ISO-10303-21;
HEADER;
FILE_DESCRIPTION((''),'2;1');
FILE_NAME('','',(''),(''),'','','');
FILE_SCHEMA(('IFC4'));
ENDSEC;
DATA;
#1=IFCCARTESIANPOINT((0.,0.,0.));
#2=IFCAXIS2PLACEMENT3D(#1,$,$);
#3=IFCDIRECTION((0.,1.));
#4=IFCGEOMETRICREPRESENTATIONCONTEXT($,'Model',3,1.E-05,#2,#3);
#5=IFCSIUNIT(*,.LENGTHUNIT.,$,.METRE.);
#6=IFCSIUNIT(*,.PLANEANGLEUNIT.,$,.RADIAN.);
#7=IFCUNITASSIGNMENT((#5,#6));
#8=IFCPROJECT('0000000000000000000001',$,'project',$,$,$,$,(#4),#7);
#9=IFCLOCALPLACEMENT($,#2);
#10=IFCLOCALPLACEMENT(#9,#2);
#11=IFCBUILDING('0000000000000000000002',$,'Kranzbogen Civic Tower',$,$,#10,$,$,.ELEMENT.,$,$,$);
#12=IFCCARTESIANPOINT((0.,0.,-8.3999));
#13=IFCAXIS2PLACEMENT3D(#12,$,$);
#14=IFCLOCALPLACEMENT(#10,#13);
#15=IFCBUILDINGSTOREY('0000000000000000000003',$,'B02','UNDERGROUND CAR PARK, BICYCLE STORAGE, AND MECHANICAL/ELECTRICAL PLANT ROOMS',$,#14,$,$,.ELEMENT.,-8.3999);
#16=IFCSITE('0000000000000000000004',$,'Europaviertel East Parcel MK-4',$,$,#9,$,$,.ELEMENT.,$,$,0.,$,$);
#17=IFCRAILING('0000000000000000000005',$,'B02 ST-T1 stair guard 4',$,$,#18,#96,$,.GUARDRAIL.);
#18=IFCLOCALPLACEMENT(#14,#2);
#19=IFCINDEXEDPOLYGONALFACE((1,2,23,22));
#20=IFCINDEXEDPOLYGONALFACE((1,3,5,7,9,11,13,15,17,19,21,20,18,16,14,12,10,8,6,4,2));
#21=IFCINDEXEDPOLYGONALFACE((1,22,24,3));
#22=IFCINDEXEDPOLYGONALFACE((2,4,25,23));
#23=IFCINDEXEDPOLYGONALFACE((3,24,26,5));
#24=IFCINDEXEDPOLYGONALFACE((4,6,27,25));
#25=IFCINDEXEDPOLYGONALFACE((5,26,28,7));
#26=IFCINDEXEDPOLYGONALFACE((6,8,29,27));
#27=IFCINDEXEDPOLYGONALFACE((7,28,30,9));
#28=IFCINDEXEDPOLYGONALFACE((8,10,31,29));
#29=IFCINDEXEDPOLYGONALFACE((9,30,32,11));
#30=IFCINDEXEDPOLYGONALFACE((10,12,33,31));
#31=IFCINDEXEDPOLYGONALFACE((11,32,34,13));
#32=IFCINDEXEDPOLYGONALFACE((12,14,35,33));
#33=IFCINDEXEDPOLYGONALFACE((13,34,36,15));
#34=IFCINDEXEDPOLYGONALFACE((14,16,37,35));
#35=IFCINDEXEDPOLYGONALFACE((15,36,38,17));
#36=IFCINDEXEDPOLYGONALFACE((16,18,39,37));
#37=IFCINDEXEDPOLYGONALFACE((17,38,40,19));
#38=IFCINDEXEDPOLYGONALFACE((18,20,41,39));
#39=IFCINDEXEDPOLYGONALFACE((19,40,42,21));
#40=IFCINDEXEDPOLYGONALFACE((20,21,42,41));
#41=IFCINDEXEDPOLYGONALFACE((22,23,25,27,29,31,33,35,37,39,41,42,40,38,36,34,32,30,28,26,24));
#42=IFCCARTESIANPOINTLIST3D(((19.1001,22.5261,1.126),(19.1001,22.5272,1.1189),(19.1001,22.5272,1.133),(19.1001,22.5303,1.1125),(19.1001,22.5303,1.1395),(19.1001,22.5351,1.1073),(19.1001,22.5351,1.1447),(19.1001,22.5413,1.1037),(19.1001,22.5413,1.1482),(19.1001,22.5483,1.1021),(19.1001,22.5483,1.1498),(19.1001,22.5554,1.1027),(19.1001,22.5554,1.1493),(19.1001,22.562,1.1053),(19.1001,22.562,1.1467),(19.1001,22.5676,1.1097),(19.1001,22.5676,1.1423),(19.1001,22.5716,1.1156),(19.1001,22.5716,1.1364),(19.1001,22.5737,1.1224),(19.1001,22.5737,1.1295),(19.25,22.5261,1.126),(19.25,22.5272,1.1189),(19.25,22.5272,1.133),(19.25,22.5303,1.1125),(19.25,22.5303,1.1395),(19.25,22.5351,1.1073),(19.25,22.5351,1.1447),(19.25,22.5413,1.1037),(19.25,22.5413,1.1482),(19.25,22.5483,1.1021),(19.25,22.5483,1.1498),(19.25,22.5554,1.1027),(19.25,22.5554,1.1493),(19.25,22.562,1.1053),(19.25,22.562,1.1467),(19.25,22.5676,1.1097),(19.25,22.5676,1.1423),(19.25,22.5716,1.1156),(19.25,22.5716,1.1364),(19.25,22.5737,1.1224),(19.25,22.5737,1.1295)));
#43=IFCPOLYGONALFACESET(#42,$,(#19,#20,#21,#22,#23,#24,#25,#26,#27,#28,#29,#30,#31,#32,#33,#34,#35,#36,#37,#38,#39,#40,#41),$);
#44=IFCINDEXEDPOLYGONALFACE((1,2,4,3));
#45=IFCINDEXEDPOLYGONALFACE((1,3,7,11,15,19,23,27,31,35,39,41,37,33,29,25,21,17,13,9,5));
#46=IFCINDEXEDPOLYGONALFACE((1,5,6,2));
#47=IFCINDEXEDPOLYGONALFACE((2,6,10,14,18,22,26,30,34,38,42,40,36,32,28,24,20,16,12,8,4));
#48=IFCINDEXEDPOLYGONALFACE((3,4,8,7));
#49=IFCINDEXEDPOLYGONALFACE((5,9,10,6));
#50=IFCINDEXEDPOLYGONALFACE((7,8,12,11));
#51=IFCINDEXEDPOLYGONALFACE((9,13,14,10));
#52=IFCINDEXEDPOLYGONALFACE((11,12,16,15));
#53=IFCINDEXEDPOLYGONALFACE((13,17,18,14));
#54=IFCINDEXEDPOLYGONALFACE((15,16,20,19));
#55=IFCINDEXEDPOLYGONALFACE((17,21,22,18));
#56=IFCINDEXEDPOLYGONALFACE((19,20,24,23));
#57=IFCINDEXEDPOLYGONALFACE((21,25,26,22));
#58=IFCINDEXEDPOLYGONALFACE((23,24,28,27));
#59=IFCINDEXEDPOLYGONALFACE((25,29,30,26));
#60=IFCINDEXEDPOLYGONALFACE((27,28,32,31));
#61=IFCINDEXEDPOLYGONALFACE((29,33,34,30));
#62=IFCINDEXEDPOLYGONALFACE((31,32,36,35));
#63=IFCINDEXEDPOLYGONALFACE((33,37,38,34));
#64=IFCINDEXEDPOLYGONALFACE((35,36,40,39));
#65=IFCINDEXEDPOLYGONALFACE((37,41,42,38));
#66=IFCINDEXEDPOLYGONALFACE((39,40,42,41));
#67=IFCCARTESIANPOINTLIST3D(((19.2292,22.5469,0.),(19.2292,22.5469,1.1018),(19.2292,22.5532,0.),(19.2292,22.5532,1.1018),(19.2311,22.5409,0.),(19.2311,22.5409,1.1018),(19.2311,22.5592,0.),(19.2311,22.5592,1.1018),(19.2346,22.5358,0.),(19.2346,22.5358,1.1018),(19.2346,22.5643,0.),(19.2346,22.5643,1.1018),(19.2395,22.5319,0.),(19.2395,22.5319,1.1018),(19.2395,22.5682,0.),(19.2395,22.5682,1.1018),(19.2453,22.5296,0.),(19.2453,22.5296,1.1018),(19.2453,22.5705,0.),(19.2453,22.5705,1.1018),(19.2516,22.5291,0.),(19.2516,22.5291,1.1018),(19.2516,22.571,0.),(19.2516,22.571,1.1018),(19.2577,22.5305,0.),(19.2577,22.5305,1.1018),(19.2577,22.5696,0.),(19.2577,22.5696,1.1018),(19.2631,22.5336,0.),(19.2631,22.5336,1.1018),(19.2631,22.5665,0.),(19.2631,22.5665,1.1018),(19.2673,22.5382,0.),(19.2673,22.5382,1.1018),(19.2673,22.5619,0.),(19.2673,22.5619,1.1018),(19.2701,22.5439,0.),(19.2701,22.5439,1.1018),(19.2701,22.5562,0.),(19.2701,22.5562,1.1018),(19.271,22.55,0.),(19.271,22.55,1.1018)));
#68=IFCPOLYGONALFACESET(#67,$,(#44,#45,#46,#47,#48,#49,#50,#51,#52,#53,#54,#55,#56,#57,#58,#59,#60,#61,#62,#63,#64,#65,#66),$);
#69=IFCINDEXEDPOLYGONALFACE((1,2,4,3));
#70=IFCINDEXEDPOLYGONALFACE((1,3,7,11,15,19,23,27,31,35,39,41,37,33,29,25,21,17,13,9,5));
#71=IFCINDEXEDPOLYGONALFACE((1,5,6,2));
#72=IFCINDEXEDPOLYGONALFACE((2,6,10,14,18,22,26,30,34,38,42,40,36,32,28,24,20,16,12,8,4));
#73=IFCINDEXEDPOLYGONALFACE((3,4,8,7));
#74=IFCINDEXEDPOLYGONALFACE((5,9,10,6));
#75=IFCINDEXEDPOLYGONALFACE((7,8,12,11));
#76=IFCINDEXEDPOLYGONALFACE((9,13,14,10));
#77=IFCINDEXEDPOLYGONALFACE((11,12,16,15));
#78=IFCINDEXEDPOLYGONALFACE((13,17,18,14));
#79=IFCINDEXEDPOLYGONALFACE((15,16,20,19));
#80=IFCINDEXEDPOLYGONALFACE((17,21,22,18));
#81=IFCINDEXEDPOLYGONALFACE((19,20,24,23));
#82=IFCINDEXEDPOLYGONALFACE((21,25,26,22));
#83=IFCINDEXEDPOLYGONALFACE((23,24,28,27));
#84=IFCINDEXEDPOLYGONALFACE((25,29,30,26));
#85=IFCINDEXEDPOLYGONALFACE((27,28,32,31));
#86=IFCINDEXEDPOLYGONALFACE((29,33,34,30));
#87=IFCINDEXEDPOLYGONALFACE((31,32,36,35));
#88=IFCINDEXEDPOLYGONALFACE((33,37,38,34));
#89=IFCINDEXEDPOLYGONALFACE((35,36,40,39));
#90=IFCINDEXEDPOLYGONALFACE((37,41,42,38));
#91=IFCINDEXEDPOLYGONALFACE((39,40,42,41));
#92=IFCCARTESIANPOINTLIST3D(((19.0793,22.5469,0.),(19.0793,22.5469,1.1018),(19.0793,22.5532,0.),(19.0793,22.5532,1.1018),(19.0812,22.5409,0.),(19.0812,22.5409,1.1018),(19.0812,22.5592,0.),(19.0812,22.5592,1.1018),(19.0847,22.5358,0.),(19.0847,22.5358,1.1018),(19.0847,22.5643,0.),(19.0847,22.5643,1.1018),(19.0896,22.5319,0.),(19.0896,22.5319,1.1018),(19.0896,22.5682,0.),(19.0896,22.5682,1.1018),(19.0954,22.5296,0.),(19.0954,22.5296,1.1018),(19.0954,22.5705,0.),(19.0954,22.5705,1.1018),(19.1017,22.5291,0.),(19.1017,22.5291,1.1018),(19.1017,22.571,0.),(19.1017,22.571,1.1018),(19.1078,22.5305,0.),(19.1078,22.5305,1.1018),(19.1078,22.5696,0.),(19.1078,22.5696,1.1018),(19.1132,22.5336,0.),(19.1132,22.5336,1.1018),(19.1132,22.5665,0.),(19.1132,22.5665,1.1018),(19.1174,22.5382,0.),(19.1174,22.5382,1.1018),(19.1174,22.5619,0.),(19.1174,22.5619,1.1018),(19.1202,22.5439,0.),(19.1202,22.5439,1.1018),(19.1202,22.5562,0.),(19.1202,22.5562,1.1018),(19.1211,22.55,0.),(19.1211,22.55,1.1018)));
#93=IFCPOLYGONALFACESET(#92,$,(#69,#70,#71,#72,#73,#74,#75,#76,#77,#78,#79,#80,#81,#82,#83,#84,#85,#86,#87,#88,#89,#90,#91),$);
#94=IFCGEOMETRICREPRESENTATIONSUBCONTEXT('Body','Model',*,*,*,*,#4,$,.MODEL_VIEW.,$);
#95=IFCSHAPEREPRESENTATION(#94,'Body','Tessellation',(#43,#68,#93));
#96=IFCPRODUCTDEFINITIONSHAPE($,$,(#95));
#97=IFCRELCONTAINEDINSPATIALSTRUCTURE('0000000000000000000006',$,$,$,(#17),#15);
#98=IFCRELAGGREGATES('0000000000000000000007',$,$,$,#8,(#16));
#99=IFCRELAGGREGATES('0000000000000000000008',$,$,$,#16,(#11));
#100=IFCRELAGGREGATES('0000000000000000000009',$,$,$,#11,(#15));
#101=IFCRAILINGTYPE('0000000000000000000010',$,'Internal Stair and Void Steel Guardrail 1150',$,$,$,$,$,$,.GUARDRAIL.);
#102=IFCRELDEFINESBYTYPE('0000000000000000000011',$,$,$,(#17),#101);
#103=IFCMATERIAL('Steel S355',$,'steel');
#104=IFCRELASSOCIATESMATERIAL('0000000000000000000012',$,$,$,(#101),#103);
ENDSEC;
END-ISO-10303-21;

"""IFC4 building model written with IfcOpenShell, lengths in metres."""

from ifc_helpers import new_model, si_unit, direction, frame, origin, origin_2d, place, context, subcontext, project, spatial, circle, extrude, material, type_object, element, save


model = new_model("IFC4")

# Units and contexts
model_context = context("Model", 3, precision=1e-05, world=origin(), true_north=direction((0.0, 1.0)))
body_context = subcontext(model_context, "Body", "Model", "MODEL_VIEW")
ifc_project = project(units=[si_unit("LENGTHUNIT", "METRE"), si_unit("PLANEANGLEUNIT", "RADIAN")], contexts=[model_context])

# Site, building, storey
site_placement = place(None, origin())
site = spatial("IfcSite", under=ifc_project, at=site_placement, Name="Europaviertel East Parcel MK-4", CompositionType="ELEMENT", RefElevation=0.0)
building_placement = place(site_placement, origin())
building = spatial("IfcBuilding", under=site, at=building_placement, Name="Kranzbogen Civic Tower", CompositionType="ELEMENT")
storey_placement = place(building_placement, frame((0.0, 0.0, -8.3999)))
storey = spatial("IfcBuildingStorey", under=building, at=storey_placement, Name="B02", Description="UNDERGROUND CAR PARK, BICYCLE STORAGE, AND MECHANICAL/ELECTRICAL PLANT ROOMS", CompositionType="ELEMENT", Elevation=-8.3999)

# Shared definitions
ifc_material_1 = material(Name="Steel S355", Category="steel")

# Railing
railing_type_1 = type_object("IfcRailingType", Name="Internal Stair and Void Steel Guardrail 1150", PredefinedType="GUARDRAIL", material=ifc_material_1)
railing_1_placement = place(storey_placement, frame((19.25, 22.55, 0.0)))
element("IfcRailing", 1, at=railing_1_placement, inside=storey, type_object=railing_type_1, Name="B02 ST-T1 stair guard 4", PredefinedType="GUARDRAIL", context=body_context, shape_type="SweptSolid", body=[
    extrude(circle(Radius=0.0239, at=origin_2d()), frame((0.0, 0.0, 1.126), z_axis=(-1.0, 0.0, 0.0), x_axis=(0.0, -1.0, 0.0)), (0.0, 0.0, 1.0), 0.1499),
    extrude(circle(Radius=0.021, at=origin_2d()), origin(), (0.0, 0.0, 1.0), 1.1018),
    extrude(circle(Radius=0.021, at=origin_2d()), frame((-0.1499, 0.0, 0.0)), (0.0, 0.0, 1.0), 1.1018),
])

save(model, "model.ifc")
